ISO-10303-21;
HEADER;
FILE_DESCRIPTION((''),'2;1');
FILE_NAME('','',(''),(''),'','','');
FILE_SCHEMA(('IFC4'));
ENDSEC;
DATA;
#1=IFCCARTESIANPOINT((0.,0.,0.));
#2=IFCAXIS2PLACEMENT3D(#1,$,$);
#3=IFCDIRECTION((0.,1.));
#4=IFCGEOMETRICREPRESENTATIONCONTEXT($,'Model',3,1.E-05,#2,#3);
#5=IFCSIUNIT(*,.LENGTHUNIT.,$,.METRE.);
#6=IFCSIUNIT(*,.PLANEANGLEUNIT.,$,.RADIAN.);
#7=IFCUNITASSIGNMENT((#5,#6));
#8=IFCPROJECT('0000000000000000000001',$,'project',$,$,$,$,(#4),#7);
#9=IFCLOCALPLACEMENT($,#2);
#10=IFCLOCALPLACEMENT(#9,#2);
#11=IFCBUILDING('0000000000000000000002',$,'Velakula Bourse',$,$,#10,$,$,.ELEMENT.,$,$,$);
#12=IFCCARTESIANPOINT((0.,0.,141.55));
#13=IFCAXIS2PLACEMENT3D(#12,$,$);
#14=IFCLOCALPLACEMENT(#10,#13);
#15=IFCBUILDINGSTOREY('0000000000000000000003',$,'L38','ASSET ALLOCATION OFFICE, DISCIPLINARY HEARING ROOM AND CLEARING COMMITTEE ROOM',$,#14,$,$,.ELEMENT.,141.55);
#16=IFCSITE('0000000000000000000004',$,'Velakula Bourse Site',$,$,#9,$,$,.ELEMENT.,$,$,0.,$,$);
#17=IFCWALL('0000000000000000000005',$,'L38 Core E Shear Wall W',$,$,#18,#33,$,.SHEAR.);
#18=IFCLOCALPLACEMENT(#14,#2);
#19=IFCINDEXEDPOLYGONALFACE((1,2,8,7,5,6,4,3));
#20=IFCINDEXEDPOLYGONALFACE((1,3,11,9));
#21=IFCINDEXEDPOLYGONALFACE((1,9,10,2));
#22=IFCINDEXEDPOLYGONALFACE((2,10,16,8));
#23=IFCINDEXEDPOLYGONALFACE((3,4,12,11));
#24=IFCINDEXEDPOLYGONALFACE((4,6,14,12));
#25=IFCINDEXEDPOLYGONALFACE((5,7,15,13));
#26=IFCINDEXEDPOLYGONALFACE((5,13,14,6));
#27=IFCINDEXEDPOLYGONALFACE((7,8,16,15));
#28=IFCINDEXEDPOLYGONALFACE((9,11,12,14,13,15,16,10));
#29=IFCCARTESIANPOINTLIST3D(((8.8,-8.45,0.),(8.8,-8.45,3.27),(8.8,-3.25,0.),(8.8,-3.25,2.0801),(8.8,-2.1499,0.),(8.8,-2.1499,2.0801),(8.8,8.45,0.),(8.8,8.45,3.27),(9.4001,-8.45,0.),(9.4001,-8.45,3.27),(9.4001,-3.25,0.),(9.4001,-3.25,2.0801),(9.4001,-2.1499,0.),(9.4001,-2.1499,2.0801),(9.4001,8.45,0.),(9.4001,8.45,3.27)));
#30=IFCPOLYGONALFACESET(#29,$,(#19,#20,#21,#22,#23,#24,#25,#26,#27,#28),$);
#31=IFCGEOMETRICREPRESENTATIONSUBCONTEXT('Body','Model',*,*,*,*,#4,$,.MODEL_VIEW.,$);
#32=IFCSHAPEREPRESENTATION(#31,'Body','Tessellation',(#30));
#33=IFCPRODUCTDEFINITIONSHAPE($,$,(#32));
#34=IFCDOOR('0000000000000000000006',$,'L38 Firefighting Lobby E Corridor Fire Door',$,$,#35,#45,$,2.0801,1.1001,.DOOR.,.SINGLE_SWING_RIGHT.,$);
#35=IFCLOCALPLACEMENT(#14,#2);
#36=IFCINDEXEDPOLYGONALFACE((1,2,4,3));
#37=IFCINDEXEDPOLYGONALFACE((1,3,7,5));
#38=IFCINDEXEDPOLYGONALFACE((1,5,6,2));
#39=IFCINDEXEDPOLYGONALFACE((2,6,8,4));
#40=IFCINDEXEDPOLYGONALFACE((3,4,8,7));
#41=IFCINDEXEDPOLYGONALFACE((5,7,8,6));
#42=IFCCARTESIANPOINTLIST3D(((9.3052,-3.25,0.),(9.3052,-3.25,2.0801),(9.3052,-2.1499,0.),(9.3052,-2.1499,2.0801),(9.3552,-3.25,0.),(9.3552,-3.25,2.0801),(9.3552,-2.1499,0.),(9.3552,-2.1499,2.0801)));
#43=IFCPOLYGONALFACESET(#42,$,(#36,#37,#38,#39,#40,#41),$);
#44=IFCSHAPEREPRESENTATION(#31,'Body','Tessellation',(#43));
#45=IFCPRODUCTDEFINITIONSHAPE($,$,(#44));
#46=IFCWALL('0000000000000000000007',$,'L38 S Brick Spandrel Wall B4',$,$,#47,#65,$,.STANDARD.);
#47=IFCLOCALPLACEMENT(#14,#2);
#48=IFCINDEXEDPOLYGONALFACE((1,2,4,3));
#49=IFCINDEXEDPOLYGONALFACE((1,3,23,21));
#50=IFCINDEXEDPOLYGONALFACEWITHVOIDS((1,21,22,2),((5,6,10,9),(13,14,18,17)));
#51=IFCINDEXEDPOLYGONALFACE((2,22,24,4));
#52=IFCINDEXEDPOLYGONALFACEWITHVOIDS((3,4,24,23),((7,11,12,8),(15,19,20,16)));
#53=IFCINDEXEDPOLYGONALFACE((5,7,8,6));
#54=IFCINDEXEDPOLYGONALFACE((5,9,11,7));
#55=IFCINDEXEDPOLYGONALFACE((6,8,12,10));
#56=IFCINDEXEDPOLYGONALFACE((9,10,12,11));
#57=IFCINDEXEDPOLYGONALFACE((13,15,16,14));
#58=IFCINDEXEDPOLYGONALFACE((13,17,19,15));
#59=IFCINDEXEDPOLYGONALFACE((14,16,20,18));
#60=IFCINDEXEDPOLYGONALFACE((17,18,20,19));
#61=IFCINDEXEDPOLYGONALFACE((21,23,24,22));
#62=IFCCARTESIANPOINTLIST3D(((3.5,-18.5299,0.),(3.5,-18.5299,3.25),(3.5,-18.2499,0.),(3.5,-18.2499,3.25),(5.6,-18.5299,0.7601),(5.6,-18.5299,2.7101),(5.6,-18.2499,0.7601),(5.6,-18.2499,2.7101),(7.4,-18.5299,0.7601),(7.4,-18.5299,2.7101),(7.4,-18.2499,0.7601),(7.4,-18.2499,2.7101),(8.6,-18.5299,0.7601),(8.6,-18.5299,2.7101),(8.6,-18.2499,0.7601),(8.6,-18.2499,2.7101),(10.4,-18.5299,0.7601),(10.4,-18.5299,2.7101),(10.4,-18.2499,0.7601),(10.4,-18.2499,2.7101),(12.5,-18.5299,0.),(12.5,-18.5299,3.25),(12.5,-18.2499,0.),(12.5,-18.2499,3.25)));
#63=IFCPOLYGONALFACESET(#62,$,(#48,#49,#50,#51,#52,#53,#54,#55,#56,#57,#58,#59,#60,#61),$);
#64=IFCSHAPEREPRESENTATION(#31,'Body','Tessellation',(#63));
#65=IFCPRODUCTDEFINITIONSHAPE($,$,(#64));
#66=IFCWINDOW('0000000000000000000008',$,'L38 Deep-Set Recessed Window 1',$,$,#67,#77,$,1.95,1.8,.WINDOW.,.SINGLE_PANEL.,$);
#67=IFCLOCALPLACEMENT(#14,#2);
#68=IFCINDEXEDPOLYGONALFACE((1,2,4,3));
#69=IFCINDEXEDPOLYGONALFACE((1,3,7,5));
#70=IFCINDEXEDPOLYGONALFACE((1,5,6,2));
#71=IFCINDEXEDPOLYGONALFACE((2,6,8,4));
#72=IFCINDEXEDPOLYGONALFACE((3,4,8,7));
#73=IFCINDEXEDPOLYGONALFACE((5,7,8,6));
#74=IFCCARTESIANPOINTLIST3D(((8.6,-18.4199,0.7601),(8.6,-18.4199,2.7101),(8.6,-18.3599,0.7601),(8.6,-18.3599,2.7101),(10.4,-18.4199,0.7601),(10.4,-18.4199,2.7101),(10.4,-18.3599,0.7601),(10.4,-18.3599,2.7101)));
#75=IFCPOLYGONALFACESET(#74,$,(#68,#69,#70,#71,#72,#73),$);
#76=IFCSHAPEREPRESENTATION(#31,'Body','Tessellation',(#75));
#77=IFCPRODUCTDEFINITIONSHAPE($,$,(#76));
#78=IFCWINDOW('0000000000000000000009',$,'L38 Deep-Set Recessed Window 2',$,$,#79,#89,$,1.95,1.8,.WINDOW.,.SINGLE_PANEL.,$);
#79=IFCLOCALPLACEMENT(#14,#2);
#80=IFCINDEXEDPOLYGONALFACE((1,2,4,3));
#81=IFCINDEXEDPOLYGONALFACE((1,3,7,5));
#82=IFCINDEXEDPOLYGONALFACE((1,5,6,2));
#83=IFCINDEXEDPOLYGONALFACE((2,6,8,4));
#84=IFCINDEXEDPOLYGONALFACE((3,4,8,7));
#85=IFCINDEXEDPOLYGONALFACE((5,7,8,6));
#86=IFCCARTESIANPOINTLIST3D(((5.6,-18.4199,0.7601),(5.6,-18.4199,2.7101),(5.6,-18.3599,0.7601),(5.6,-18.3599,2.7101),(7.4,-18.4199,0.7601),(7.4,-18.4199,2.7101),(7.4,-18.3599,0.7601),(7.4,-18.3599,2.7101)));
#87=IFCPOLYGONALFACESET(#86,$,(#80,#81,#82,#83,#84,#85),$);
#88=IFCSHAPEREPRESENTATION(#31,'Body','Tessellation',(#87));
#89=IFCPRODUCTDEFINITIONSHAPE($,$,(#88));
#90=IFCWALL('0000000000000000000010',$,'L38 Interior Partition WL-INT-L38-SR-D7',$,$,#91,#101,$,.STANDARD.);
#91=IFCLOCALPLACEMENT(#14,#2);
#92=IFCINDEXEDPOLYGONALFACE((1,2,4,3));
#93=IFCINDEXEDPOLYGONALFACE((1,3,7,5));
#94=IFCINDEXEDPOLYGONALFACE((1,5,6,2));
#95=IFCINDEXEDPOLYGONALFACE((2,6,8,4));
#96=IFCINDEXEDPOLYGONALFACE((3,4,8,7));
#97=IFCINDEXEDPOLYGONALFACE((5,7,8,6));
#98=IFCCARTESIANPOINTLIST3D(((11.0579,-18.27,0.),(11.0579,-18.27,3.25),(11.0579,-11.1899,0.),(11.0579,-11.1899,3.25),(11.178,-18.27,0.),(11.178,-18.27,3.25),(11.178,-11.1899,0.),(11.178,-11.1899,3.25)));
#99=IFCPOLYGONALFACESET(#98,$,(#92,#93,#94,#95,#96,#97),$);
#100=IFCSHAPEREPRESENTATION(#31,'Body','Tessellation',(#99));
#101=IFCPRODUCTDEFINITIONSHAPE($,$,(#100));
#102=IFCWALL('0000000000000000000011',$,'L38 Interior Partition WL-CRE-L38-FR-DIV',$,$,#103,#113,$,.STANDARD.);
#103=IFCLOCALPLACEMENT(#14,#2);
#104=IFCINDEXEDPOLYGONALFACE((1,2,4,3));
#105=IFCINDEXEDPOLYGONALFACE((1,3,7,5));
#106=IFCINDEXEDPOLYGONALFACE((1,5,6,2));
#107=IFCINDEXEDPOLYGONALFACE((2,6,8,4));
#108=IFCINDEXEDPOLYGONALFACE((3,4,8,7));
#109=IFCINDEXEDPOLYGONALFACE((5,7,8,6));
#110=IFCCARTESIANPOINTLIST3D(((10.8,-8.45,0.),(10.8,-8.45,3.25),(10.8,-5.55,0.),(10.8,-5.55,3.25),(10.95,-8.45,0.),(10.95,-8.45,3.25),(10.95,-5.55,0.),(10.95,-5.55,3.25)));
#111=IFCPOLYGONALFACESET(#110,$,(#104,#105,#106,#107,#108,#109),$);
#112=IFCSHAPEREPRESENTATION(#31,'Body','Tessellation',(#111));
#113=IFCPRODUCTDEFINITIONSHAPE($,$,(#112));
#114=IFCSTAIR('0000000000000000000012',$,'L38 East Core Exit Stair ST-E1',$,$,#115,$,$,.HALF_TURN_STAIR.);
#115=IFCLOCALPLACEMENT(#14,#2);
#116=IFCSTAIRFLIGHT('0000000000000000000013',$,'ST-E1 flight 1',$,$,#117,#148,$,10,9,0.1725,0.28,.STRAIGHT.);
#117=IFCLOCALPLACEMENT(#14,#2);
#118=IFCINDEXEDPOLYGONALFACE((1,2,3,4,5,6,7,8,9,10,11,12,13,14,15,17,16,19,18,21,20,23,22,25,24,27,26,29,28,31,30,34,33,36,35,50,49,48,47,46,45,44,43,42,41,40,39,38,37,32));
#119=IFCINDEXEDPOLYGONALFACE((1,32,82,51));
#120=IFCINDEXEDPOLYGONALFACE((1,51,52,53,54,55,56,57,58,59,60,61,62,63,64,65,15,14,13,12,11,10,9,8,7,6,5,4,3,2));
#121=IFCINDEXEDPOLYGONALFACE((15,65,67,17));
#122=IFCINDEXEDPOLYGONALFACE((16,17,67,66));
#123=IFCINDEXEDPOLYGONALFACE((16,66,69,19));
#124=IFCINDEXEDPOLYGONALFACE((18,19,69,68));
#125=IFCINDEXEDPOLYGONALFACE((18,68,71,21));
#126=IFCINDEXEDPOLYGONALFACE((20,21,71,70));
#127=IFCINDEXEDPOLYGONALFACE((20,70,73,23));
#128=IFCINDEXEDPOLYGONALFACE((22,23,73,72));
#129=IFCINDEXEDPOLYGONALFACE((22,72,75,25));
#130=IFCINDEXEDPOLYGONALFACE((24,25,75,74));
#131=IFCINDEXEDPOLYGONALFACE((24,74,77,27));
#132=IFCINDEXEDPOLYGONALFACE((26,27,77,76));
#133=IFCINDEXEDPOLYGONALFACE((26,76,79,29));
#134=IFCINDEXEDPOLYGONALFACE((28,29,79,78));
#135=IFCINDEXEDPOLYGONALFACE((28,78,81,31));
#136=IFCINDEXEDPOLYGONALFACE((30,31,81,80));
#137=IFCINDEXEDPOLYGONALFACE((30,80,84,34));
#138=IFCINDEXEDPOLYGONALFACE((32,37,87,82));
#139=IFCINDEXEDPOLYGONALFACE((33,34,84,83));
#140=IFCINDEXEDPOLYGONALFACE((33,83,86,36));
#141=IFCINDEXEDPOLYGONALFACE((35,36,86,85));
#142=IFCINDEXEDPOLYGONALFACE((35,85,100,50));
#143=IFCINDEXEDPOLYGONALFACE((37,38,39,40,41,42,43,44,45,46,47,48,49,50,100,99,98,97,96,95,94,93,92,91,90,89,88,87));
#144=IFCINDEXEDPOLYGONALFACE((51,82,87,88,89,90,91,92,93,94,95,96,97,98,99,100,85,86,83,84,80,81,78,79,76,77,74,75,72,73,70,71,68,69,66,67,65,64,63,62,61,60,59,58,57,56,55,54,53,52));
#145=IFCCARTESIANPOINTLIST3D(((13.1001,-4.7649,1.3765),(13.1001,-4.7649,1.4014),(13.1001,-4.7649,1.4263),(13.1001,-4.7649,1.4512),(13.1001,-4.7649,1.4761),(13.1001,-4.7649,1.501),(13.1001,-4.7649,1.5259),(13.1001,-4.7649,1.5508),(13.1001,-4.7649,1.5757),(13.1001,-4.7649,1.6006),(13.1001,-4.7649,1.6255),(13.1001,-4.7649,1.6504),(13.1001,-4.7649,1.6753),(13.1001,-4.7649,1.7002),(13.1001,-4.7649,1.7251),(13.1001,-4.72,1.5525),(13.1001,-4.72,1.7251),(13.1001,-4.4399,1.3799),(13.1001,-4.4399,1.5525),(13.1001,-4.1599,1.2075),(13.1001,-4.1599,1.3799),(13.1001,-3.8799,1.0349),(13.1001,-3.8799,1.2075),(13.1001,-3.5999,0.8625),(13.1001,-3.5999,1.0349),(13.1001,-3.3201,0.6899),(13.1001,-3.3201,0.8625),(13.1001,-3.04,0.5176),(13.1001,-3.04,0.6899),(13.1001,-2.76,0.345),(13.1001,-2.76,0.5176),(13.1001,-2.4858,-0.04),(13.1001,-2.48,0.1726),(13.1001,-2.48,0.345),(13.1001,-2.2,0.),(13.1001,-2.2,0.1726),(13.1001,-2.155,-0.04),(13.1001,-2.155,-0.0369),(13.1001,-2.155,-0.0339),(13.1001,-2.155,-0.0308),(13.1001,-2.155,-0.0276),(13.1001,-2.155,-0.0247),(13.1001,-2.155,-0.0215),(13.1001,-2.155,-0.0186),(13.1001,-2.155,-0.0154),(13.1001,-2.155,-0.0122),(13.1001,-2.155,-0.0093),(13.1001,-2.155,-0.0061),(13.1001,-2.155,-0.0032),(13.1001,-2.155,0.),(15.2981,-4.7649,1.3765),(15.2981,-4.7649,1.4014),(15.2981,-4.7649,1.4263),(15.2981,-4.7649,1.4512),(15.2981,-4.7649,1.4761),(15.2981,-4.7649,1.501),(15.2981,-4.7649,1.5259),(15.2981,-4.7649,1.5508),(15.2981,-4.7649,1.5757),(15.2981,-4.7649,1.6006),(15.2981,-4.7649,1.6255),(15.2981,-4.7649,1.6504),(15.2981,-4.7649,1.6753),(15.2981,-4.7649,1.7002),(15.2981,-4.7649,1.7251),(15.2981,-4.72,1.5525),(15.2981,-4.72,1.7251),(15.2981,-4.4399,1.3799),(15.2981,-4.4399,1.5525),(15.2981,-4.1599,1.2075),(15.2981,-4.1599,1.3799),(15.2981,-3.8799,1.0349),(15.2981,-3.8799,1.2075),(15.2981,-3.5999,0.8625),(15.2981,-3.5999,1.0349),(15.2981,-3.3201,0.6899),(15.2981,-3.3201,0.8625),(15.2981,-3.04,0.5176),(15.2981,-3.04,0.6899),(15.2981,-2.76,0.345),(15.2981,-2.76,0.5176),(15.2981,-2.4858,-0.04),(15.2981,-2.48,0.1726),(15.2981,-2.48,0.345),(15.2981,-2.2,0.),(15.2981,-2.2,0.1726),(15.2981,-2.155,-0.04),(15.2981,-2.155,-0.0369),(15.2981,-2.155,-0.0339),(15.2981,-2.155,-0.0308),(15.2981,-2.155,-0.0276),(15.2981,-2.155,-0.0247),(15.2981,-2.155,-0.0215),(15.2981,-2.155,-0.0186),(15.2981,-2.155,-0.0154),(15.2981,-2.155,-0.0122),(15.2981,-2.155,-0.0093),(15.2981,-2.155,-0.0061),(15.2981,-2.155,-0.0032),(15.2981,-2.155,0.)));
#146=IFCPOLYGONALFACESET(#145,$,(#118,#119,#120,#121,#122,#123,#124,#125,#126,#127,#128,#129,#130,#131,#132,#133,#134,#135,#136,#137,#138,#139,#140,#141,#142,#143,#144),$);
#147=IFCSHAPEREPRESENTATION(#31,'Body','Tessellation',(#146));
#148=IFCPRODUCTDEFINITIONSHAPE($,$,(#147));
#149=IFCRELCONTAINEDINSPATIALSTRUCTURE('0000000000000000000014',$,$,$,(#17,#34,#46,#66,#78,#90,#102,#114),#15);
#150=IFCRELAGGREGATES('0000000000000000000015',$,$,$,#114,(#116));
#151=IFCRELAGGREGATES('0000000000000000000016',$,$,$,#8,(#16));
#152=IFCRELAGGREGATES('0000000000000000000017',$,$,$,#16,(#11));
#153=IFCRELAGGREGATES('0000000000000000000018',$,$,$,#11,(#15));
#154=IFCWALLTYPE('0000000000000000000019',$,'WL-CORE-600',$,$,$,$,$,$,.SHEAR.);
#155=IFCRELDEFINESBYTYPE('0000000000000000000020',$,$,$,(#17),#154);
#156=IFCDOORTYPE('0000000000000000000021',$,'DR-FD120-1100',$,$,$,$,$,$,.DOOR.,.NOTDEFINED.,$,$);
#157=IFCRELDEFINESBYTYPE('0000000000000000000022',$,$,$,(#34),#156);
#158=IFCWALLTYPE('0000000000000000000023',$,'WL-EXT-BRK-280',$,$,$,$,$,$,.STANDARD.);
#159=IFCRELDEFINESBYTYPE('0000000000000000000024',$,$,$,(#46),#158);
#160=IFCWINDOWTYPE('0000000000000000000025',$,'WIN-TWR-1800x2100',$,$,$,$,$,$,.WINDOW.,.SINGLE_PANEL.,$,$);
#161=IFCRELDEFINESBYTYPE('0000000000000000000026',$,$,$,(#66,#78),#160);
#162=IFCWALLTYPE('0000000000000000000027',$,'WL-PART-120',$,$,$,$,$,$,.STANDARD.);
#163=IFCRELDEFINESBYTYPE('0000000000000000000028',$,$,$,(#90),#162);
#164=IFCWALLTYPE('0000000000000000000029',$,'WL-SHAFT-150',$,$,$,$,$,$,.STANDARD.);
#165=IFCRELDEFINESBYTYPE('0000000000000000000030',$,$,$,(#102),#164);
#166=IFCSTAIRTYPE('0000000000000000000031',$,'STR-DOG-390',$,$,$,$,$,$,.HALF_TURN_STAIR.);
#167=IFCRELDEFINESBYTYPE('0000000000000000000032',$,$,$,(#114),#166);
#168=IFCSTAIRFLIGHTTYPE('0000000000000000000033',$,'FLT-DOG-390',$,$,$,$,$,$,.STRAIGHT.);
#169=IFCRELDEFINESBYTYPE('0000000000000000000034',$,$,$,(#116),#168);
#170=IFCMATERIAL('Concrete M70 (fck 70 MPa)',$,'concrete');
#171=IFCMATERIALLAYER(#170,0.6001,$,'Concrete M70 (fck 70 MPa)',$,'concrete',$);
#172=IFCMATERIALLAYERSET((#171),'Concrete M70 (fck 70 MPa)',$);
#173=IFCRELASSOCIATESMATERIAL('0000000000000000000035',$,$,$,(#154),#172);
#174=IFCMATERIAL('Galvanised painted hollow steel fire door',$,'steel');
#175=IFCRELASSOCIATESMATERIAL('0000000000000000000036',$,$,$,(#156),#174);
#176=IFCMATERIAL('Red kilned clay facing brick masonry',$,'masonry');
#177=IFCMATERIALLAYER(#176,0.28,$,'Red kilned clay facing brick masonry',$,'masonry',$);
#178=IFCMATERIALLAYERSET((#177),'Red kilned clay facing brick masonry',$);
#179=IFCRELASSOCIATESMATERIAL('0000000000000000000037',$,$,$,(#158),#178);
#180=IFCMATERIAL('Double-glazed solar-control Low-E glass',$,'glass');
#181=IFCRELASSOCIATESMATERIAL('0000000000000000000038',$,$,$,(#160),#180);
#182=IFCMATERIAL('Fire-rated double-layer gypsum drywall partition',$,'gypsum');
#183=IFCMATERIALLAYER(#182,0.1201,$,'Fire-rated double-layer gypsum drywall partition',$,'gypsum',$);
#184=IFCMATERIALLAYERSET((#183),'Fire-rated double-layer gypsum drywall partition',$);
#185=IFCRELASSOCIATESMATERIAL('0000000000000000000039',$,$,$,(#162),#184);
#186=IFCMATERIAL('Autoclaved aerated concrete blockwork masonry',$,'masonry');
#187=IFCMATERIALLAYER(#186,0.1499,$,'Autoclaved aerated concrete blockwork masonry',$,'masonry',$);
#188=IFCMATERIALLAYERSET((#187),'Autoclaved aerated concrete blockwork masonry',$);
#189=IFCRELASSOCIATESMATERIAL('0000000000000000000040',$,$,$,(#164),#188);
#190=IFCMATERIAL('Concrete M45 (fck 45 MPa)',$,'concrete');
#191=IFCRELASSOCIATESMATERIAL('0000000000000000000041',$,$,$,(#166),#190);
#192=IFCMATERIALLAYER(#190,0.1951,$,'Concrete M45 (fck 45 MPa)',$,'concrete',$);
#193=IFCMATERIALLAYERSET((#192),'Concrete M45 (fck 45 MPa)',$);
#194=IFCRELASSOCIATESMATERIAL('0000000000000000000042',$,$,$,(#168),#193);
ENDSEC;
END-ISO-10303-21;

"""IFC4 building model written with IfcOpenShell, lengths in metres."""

from ifc_helpers import new_model, si_unit, direction, frame, frame_2d, origin, place, context, subcontext, project, spatial, polyline, rectangle, outline, extrude, material, layer, layer_set, type_object, element, fill, aggregate, save


model = new_model("IFC4")

# Units and contexts
model_context = context("Model", 3, precision=1e-05, world=origin(), true_north=direction((0.0, 1.0)))
body_context = subcontext(model_context, "Body", "Model", "MODEL_VIEW")
ifc_project = project(units=[si_unit("LENGTHUNIT", "METRE"), si_unit("PLANEANGLEUNIT", "RADIAN")], contexts=[model_context])

# Site, building, storey
site_placement = place(None, origin())
site = spatial("IfcSite", under=ifc_project, at=site_placement, Name="Velakula Bourse Site", CompositionType="ELEMENT", RefElevation=0.0)
building_placement = place(site_placement, origin())
building = spatial("IfcBuilding", under=site, at=building_placement, Name="Velakula Bourse", CompositionType="ELEMENT")
storey_placement = place(building_placement, frame((0.0, 0.0, 141.55)))
storey = spatial("IfcBuildingStorey", under=building, at=storey_placement, Name="L38", Description="ASSET ALLOCATION OFFICE, DISCIPLINARY HEARING ROOM AND CLEARING COMMITTEE ROOM", CompositionType="ELEMENT", Elevation=141.55)

# Shared definitions
ifc_material_1 = material(Name="Galvanised painted hollow steel fire door", Category="steel")

# Wall, opening, door
ifc_material_2 = material(Name="Concrete M70 (fck 70 MPa)", Category="concrete")
ifc_layer_1 = layer(ifc_material_2, 0.6001, Name="Concrete M70 (fck 70 MPa)", Category="concrete")
ifc_layer_set_1 = layer_set([ifc_layer_1], Name="Concrete M70 (fck 70 MPa)")
wall_type_1 = type_object("IfcWallType", Name="WL-CORE-600", PredefinedType="SHEAR", material=ifc_layer_set_1)
wall_1_placement = place(storey_placement, frame((9.1001, -8.45, 0.0), z_axis=(0.0, 0.0, 1.0), x_axis=(0.0, 1.0, 0.0)))
wall_1 = element("IfcWall", 1, at=wall_1_placement, inside=storey, type_object=wall_type_1, Name="L38 Core E Shear Wall W", PredefinedType="SHEAR", context=body_context, shape_type="SweptSolid", body=[
    extrude(rectangle(XDim=16.8999, YDim=0.6001, at=frame_2d((8.45, 0.0))), origin(), (0.0, 0.0, 1.0), 3.27),
])
opening_1_placement = place(wall_1_placement, frame((5.2, 0.0, 0.0)))
opening_1 = element("IfcOpeningElement", 2, at=opening_1_placement, cuts=wall_1, PredefinedType="OPENING", context=body_context, shape_type="SweptSolid", body=[
    extrude(rectangle(XDim=1.1001, YDim=2.0801, at=frame_2d((0.55, 1.04))), frame((0.0, 0.3101, 0.0), z_axis=(0.0, -1.0, 0.0), x_axis=(1.0, 0.0, 0.0)), (0.0, 0.0, 1.0), 0.6201),
])
door_type_1 = type_object("IfcDoorType", Name="DR-FD120-1100", OperationType="NOTDEFINED", PredefinedType="DOOR", material=ifc_material_1)
door_1_placement = place(opening_1_placement, origin())
door_1 = element("IfcDoor", 3, at=door_1_placement, inside=storey, type_object=door_type_1, Name="L38 Firefighting Lobby E Corridor Fire Door", OperationType="SINGLE_SWING_RIGHT", OverallHeight=2.0801, OverallWidth=1.1001, PredefinedType="DOOR", context=body_context, shape_type="SweptSolid", body=[
    extrude(rectangle(XDim=1.1001, YDim=2.0801, at=frame_2d((0.55, 1.04))), frame((0.0, -0.2051, 0.0), z_axis=(0.0, -1.0, 0.0), x_axis=(1.0, 0.0, 0.0)), (0.0, 0.0, 1.0), 0.05),
])
fill(opening_1, door_1)

# Wall, openings, windows
ifc_material_3 = material(Name="Red kilned clay facing brick masonry", Category="masonry")
ifc_layer_2 = layer(ifc_material_3, 0.28, Name="Red kilned clay facing brick masonry", Category="masonry")
ifc_layer_set_2 = layer_set([ifc_layer_2], Name="Red kilned clay facing brick masonry")
wall_type_2 = type_object("IfcWallType", Name="WL-EXT-BRK-280", PredefinedType="STANDARD", material=ifc_layer_set_2)
wall_2_placement = place(storey_placement, frame((12.5, -18.3899, 0.0), z_axis=(0.0, 0.0, 1.0), x_axis=(-1.0, 0.0, 0.0)))
wall_2 = element("IfcWall", 4, at=wall_2_placement, inside=storey, type_object=wall_type_2, Name="L38 S Brick Spandrel Wall B4", PredefinedType="STANDARD", context=body_context, shape_type="SweptSolid", body=[
    extrude(rectangle(XDim=9.0, YDim=0.28, at=frame_2d((4.5, 0.0))), origin(), (0.0, 0.0, 1.0), 3.25),
])
opening_2_placement = place(wall_2_placement, frame((2.1001, 0.0, 0.76)))
opening_2 = element("IfcOpeningElement", 5, at=opening_2_placement, cuts=wall_2, PredefinedType="OPENING", context=body_context, shape_type="SweptSolid", body=[
    extrude(rectangle(XDim=1.8, YDim=1.95, at=frame_2d((0.8999, 0.9751))), frame((0.0, 0.1499, 0.0), z_axis=(0.0, -1.0, 0.0), x_axis=(1.0, 0.0, 0.0)), (0.0, 0.0, 1.0), 0.3),
])
opening_3_placement = place(wall_2_placement, frame((5.1001, 0.0, 0.76)))
opening_3 = element("IfcOpeningElement", 6, at=opening_3_placement, cuts=wall_2, PredefinedType="OPENING", context=body_context, shape_type="SweptSolid", body=[
    extrude(rectangle(XDim=1.8, YDim=1.95, at=frame_2d((0.8999, 0.9751))), frame((0.0, 0.1499, 0.0), z_axis=(0.0, -1.0, 0.0), x_axis=(1.0, 0.0, 0.0)), (0.0, 0.0, 1.0), 0.3),
])
ifc_material_4 = material(Name="Double-glazed solar-control Low-E glass", Category="glass")
window_type = type_object("IfcWindowType", Name="WIN-TWR-1800x2100", PartitioningType="SINGLE_PANEL", PredefinedType="WINDOW", material=ifc_material_4)
window_1_placement = place(opening_2_placement, origin())
window_1 = element("IfcWindow", 7, at=window_1_placement, inside=storey, type_object=window_type, Name="L38 Deep-Set Recessed Window 1", OverallHeight=1.95, OverallWidth=1.8, PartitioningType="SINGLE_PANEL", PredefinedType="WINDOW", context=body_context, shape_type="SweptSolid", body=[
    extrude(rectangle(XDim=1.8, YDim=1.95, at=frame_2d((0.8999, 0.9751))), frame((0.0, 0.03, 0.0), z_axis=(0.0, -1.0, 0.0), x_axis=(1.0, 0.0, 0.0)), (0.0, 0.0, 1.0), 0.0601),
])
fill(opening_2, window_1)
window_2_placement = place(opening_3_placement, origin())
window_2 = element("IfcWindow", 8, at=window_2_placement, inside=storey, type_object=window_type, Name="L38 Deep-Set Recessed Window 2", OverallHeight=1.95, OverallWidth=1.8, PartitioningType="SINGLE_PANEL", PredefinedType="WINDOW", context=body_context, shape_type="SweptSolid", body=[
    extrude(rectangle(XDim=1.8, YDim=1.95, at=frame_2d((0.8999, 0.9751))), frame((0.0, 0.03, 0.0), z_axis=(0.0, -1.0, 0.0), x_axis=(1.0, 0.0, 0.0)), (0.0, 0.0, 1.0), 0.0601),
])
fill(opening_3, window_2)

# Wall
ifc_material_5 = material(Name="Fire-rated double-layer gypsum drywall partition", Category="gypsum")
ifc_layer_3 = layer(ifc_material_5, 0.1201, Name="Fire-rated double-layer gypsum drywall partition", Category="gypsum")
ifc_layer_set_3 = layer_set([ifc_layer_3], Name="Fire-rated double-layer gypsum drywall partition")
wall_type_3 = type_object("IfcWallType", Name="WL-PART-120", PredefinedType="STANDARD", material=ifc_layer_set_3)
wall_3_placement = place(storey_placement, frame((11.1179, -18.27, 0.0), z_axis=(0.0, 0.0, 1.0), x_axis=(0.0, 1.0, 0.0)))
element("IfcWall", 9, at=wall_3_placement, inside=storey, type_object=wall_type_3, Name="L38 Interior Partition WL-INT-L38-SR-D7", PredefinedType="STANDARD", context=body_context, shape_type="SweptSolid", body=[
    extrude(rectangle(XDim=7.0801, YDim=0.1201, at=frame_2d((3.54, 0.0))), origin(), (0.0, 0.0, 1.0), 3.25),
])

# Shared definitions
ifc_material_6 = material(Name="Autoclaved aerated concrete blockwork masonry", Category="masonry")
ifc_layer_4 = layer(ifc_material_6, 0.1499, Name="Autoclaved aerated concrete blockwork masonry", Category="masonry")
ifc_layer_set_4 = layer_set([ifc_layer_4], Name="Autoclaved aerated concrete blockwork masonry")
wall_type_4 = type_object("IfcWallType", Name="WL-SHAFT-150", PredefinedType="STANDARD", material=ifc_layer_set_4)

# Wall
wall_4_placement = place(storey_placement, frame((10.875, -8.45, 0.0), z_axis=(0.0, 0.0, 1.0), x_axis=(0.0, 1.0, 0.0)))
element("IfcWall", 10, at=wall_4_placement, inside=storey, type_object=wall_type_4, Name="L38 Interior Partition WL-CRE-L38-FR-DIV", PredefinedType="STANDARD", context=body_context, shape_type="SweptSolid", body=[
    extrude(rectangle(XDim=2.8999, YDim=0.1499, at=frame_2d((1.45, 0.0))), origin(), (0.0, 0.0, 1.0), 3.25),
])

# Stair, stair flight
ifc_material_7 = material(Name="Concrete M45 (fck 45 MPa)", Category="concrete")
stair_type = type_object("IfcStairType", Name="STR-DOG-390", PredefinedType="HALF_TURN_STAIR", material=ifc_material_7)
stair_placement = place(storey_placement, origin())
stair = element("IfcStair", 11, at=stair_placement, inside=storey, type_object=stair_type, Name="L38 East Core Exit Stair ST-E1", PredefinedType="HALF_TURN_STAIR")
ifc_layer_5 = layer(ifc_material_7, 0.1951, Name="Concrete M45 (fck 45 MPa)", Category="concrete")
ifc_layer_set_5 = layer_set([ifc_layer_5], Name="Concrete M45 (fck 45 MPa)")
stair_flight_type = type_object("IfcStairFlightType", Name="FLT-DOG-390", PredefinedType="STRAIGHT", material=ifc_layer_set_5)
stair_flight_1_placement = place(storey_placement, frame((14.199, -2.2, 0.0), z_axis=(0.0, 0.0, 1.0), x_axis=(0.0, -1.0, 0.0)))
stair_flight_1 = element("IfcStairFlight", 12, at=stair_flight_1_placement, type_object=stair_flight_type, Name="ST-E1 flight 1", NumberOfRisers=10, NumberOfTreads=9, PredefinedType="STRAIGHT", RiserHeight=0.1725, TreadLength=0.28, context=body_context, shape_type="SweptSolid", body=[
    extrude(outline(polyline([(-0.0449, -0.04), (-0.0449, -0.0369), (-0.0449, -0.0339), (-0.0449, -0.0308), (-0.0449, -0.0276), (-0.0449, -0.0247), (-0.0449, -0.0215), (-0.0449, -0.0186), (-0.0449, -0.0154), (-0.0449, -0.0122), (-0.0449, -0.0093), (-0.0449, -0.0061), (-0.0449, -0.0032), (-0.0449, 0.0), (0.0, 0.0), (0.0, 0.1726), (0.28, 0.1726), (0.28, 0.345), (0.5601, 0.345), (0.5601, 0.5176), (0.8401, 0.5176), (0.8401, 0.6899), (1.1201, 0.6899), (1.1201, 0.8625), (1.3999, 0.8625), (1.3999, 1.0349), (1.6799, 1.0349), (1.6799, 1.2075), (1.96, 1.2075), (1.96, 1.3799), (2.24, 1.3799), (2.24, 1.5525), (2.52, 1.5525), (2.52, 1.7251), (2.5649, 1.7251), (2.5649, 1.7002), (2.5649, 1.6753), (2.5649, 1.6504), (2.5649, 1.6255), (2.5649, 1.6006), (2.5649, 1.5757), (2.5649, 1.5508), (2.5649, 1.5259), (2.5649, 1.501), (2.5649, 1.4761), (2.5649, 1.4512), (2.5649, 1.4263), (2.5649, 1.4014), (2.5649, 1.3765), (0.2859, -0.04), (-0.0449, -0.04)])), frame((0.0, 1.0991, 0.0), z_axis=(0.0, -1.0, 0.0), x_axis=(1.0, 0.0, 0.0)), (0.0, 0.0, 1.0), 2.198),
])
aggregate(stair, [stair_flight_1])

save(model, "model.ifc")
